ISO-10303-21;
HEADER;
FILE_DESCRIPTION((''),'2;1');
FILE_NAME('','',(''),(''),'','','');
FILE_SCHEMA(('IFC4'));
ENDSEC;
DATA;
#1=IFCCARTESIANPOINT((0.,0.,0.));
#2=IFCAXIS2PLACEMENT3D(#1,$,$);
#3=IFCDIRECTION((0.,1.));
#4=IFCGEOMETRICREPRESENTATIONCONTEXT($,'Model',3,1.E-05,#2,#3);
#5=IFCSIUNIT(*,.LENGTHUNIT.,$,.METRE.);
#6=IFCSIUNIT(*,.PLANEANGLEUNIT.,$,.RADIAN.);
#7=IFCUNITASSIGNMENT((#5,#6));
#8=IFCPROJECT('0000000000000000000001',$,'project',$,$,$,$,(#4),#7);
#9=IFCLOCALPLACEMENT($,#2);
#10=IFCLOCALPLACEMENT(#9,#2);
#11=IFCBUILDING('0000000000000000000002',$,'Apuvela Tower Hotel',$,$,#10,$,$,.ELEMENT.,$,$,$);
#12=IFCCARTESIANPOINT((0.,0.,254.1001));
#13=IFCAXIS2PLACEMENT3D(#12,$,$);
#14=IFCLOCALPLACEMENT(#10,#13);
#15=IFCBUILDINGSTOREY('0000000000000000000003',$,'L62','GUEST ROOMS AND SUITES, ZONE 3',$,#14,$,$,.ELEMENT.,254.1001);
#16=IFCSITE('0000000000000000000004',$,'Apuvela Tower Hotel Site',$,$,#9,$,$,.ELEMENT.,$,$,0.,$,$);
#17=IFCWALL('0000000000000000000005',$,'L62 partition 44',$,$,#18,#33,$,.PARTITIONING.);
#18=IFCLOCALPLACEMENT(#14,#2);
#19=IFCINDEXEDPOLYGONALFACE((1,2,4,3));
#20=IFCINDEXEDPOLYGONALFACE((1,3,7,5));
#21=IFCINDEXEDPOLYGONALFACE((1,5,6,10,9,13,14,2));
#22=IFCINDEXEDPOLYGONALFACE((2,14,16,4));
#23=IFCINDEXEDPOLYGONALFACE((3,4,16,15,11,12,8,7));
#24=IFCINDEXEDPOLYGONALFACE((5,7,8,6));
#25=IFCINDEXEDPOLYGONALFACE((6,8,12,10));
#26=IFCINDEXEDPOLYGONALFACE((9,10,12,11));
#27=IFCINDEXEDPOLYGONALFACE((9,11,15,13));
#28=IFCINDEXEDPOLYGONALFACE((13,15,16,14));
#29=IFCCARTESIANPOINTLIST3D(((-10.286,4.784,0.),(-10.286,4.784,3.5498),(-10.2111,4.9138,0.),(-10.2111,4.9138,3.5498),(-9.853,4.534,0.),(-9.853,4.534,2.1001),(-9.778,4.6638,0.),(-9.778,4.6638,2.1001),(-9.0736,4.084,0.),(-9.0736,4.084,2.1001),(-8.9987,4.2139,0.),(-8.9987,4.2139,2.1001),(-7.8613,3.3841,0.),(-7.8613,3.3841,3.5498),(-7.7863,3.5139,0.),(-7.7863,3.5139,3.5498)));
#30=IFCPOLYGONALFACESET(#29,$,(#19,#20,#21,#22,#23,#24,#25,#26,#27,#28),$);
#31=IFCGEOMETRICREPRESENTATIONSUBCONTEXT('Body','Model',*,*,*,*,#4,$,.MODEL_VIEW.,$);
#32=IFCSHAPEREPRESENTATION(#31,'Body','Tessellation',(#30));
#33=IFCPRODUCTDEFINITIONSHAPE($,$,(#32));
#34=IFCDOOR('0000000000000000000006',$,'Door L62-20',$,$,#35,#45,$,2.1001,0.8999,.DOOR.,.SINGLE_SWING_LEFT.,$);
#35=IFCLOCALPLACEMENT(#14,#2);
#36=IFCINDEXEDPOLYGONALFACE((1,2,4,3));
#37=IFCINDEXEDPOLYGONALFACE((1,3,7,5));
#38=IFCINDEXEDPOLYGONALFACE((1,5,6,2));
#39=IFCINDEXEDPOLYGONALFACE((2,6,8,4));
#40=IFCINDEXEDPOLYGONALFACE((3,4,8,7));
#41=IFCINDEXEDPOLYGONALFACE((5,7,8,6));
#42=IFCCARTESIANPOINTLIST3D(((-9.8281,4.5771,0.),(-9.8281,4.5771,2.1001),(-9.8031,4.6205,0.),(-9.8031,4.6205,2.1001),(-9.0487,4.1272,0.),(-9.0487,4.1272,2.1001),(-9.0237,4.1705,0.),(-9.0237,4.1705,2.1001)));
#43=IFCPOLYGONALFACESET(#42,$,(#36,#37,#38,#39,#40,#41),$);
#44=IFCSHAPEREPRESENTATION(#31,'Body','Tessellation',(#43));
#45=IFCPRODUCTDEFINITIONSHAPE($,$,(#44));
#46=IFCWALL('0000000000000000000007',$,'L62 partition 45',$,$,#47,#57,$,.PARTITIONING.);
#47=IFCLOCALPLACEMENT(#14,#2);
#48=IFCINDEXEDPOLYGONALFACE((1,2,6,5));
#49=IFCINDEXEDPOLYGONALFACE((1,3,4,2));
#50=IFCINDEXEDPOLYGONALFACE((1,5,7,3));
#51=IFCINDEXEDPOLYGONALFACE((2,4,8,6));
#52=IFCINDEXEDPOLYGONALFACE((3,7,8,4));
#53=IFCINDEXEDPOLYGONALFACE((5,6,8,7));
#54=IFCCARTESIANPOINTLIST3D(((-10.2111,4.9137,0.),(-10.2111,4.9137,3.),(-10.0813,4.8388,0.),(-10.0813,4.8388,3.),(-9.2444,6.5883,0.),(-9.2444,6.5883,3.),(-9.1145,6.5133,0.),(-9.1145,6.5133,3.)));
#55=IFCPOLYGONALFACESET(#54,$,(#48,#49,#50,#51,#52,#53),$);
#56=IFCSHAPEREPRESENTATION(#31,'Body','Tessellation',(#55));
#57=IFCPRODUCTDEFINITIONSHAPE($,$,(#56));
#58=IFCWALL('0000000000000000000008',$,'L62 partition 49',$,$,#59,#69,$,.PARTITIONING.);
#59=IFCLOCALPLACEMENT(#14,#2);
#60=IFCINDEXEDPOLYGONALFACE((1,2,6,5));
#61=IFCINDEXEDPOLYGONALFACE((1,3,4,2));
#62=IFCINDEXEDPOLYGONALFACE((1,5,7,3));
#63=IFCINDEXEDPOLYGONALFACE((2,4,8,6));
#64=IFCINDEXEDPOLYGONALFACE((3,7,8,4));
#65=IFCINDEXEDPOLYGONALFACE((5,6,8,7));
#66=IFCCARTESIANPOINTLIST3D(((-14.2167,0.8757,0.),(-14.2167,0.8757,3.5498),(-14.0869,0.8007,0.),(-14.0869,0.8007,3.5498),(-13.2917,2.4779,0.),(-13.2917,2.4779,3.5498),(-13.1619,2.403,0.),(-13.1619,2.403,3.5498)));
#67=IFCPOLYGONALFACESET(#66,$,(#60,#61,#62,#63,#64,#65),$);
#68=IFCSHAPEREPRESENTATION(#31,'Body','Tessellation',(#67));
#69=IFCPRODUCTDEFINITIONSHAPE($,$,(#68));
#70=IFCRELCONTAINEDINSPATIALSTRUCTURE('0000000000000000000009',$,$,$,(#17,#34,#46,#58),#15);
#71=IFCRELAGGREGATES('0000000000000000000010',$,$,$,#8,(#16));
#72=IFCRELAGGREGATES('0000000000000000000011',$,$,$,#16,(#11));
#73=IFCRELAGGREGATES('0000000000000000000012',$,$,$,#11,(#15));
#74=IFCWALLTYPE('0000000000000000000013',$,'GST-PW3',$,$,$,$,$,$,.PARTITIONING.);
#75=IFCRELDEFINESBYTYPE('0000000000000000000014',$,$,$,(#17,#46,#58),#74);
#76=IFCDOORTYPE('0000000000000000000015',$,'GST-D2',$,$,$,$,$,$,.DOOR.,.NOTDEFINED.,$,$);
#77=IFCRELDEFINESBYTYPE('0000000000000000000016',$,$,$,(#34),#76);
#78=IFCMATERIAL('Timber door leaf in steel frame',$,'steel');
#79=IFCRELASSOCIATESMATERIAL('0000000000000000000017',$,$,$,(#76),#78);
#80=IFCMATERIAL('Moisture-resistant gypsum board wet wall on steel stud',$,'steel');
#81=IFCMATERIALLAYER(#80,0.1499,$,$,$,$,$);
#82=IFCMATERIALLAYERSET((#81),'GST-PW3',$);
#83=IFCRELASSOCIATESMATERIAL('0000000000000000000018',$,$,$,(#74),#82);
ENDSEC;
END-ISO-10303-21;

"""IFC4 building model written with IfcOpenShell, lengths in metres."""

from ifc_helpers import new_model, si_unit, direction, frame, frame_2d, origin, place, context, subcontext, project, spatial, rectangle, extrude, material, layer, layer_set, type_object, element, fill, save


model = new_model("IFC4")

# Units and contexts
model_context = context("Model", 3, precision=1e-05, world=origin(), true_north=direction((0.0, 1.0)))
body_context = subcontext(model_context, "Body", "Model", "MODEL_VIEW")
ifc_project = project(units=[si_unit("LENGTHUNIT", "METRE"), si_unit("PLANEANGLEUNIT", "RADIAN")], contexts=[model_context])

# Site, building, storey
site_placement = place(None, origin())
site = spatial("IfcSite", under=ifc_project, at=site_placement, Name="Apuvela Tower Hotel Site", CompositionType="ELEMENT", RefElevation=0.0)
building_placement = place(site_placement, origin())
building = spatial("IfcBuilding", under=site, at=building_placement, Name="Apuvela Tower Hotel", CompositionType="ELEMENT")
storey_placement = place(building_placement, frame((0.0, 0.0, 254.1001)))
storey = spatial("IfcBuildingStorey", under=building, at=storey_placement, Name="L62", Description="GUEST ROOMS AND SUITES, ZONE 3", CompositionType="ELEMENT", Elevation=254.1001)

# Shared definitions
ifc_material_1 = material(Name="Timber door leaf in steel frame", Category="steel")
door_type_1 = type_object("IfcDoorType", Name="GST-D2", OperationType="NOTDEFINED", PredefinedType="DOOR", material=ifc_material_1)

# Shared definitions
ifc_material_2 = material(Name="Moisture-resistant gypsum board wet wall on steel stud", Category="steel")
ifc_layer_1 = layer(ifc_material_2, 0.1499)
ifc_layer_set_1 = layer_set([ifc_layer_1], Name="GST-PW3")
wall_type_1 = type_object("IfcWallType", Name="GST-PW3", PredefinedType="PARTITIONING", material=ifc_layer_set_1)

# Wall, opening, door
wall_1_placement = place(storey_placement, frame((-10.2485, 4.8489, 0.0), z_axis=(0.0, 0.0, 1.0), x_axis=(0.866035, -0.499984, 0.0)))
wall_1 = element("IfcWall", 1, at=wall_1_placement, inside=storey, type_object=wall_type_1, Name="L62 partition 44", PredefinedType="PARTITIONING", context=body_context, shape_type="SweptSolid", body=[
    extrude(rectangle(XDim=2.7998, YDim=0.1499, at=frame_2d((1.3999, 0.0))), origin(), (0.0, 0.0, 1.0), 3.5498),
])
opening_1_placement = place(wall_1_placement, frame((0.5, 0.0, 0.0)))
opening_1 = element("IfcOpeningElement", 2, at=opening_1_placement, cuts=wall_1, PredefinedType="OPENING", context=body_context, shape_type="SweptSolid", body=[
    extrude(rectangle(XDim=0.8999, YDim=2.1001, at=frame_2d((0.45, 1.05))), frame((0.0, 0.085, 0.0), z_axis=(0.0, -1.0, 0.0), x_axis=(1.0, 0.0, 0.0)), (0.0, 0.0, 1.0), 0.1699),
])
door_1_placement = place(opening_1_placement, origin())
door_1 = element("IfcDoor", 3, at=door_1_placement, inside=storey, type_object=door_type_1, Name="Door L62-20", OperationType="SINGLE_SWING_LEFT", OverallHeight=2.1001, OverallWidth=0.8999, PredefinedType="DOOR", context=body_context, shape_type="SweptSolid", body=[
    extrude(rectangle(XDim=0.8999, YDim=2.1001, at=frame_2d((0.45, 1.05))), frame((0.0, 0.0249, 0.0), z_axis=(0.0, -1.0, 0.0), x_axis=(1.0, 0.0, 0.0)), (0.0, 0.0, 1.0), 0.05),
])
fill(opening_1, door_1)

# Walls
wall_2_placement = place(storey_placement, frame((-9.1794, 6.5508, 0.0), z_axis=(0.0, 0.0, 1.0), x_axis=(-0.499996, -0.866028, 0.0)))
element("IfcWall", 4, at=wall_2_placement, inside=storey, type_object=wall_type_1, Name="L62 partition 45", PredefinedType="PARTITIONING", context=body_context, shape_type="SweptSolid", body=[
    extrude(rectangle(XDim=1.9336, YDim=0.1499, at=frame_2d((0.9668, 0.0))), origin(), (0.0, 0.0, 1.0), 3.0),
])
wall_3_placement = place(storey_placement, frame((-13.2268, 2.4404, 0.0), z_axis=(0.0, 0.0, 1.0), x_axis=(-0.499985, -0.866034, 0.0)))
element("IfcWall", 5, at=wall_3_placement, inside=storey, type_object=wall_type_1, Name="L62 partition 49", PredefinedType="PARTITIONING", context=body_context, shape_type="SweptSolid", body=[
    extrude(rectangle(XDim=1.8501, YDim=0.1499, at=frame_2d((0.925, 0.0))), origin(), (0.0, 0.0, 1.0), 3.5498),
])

save(model, "model.ifc")
